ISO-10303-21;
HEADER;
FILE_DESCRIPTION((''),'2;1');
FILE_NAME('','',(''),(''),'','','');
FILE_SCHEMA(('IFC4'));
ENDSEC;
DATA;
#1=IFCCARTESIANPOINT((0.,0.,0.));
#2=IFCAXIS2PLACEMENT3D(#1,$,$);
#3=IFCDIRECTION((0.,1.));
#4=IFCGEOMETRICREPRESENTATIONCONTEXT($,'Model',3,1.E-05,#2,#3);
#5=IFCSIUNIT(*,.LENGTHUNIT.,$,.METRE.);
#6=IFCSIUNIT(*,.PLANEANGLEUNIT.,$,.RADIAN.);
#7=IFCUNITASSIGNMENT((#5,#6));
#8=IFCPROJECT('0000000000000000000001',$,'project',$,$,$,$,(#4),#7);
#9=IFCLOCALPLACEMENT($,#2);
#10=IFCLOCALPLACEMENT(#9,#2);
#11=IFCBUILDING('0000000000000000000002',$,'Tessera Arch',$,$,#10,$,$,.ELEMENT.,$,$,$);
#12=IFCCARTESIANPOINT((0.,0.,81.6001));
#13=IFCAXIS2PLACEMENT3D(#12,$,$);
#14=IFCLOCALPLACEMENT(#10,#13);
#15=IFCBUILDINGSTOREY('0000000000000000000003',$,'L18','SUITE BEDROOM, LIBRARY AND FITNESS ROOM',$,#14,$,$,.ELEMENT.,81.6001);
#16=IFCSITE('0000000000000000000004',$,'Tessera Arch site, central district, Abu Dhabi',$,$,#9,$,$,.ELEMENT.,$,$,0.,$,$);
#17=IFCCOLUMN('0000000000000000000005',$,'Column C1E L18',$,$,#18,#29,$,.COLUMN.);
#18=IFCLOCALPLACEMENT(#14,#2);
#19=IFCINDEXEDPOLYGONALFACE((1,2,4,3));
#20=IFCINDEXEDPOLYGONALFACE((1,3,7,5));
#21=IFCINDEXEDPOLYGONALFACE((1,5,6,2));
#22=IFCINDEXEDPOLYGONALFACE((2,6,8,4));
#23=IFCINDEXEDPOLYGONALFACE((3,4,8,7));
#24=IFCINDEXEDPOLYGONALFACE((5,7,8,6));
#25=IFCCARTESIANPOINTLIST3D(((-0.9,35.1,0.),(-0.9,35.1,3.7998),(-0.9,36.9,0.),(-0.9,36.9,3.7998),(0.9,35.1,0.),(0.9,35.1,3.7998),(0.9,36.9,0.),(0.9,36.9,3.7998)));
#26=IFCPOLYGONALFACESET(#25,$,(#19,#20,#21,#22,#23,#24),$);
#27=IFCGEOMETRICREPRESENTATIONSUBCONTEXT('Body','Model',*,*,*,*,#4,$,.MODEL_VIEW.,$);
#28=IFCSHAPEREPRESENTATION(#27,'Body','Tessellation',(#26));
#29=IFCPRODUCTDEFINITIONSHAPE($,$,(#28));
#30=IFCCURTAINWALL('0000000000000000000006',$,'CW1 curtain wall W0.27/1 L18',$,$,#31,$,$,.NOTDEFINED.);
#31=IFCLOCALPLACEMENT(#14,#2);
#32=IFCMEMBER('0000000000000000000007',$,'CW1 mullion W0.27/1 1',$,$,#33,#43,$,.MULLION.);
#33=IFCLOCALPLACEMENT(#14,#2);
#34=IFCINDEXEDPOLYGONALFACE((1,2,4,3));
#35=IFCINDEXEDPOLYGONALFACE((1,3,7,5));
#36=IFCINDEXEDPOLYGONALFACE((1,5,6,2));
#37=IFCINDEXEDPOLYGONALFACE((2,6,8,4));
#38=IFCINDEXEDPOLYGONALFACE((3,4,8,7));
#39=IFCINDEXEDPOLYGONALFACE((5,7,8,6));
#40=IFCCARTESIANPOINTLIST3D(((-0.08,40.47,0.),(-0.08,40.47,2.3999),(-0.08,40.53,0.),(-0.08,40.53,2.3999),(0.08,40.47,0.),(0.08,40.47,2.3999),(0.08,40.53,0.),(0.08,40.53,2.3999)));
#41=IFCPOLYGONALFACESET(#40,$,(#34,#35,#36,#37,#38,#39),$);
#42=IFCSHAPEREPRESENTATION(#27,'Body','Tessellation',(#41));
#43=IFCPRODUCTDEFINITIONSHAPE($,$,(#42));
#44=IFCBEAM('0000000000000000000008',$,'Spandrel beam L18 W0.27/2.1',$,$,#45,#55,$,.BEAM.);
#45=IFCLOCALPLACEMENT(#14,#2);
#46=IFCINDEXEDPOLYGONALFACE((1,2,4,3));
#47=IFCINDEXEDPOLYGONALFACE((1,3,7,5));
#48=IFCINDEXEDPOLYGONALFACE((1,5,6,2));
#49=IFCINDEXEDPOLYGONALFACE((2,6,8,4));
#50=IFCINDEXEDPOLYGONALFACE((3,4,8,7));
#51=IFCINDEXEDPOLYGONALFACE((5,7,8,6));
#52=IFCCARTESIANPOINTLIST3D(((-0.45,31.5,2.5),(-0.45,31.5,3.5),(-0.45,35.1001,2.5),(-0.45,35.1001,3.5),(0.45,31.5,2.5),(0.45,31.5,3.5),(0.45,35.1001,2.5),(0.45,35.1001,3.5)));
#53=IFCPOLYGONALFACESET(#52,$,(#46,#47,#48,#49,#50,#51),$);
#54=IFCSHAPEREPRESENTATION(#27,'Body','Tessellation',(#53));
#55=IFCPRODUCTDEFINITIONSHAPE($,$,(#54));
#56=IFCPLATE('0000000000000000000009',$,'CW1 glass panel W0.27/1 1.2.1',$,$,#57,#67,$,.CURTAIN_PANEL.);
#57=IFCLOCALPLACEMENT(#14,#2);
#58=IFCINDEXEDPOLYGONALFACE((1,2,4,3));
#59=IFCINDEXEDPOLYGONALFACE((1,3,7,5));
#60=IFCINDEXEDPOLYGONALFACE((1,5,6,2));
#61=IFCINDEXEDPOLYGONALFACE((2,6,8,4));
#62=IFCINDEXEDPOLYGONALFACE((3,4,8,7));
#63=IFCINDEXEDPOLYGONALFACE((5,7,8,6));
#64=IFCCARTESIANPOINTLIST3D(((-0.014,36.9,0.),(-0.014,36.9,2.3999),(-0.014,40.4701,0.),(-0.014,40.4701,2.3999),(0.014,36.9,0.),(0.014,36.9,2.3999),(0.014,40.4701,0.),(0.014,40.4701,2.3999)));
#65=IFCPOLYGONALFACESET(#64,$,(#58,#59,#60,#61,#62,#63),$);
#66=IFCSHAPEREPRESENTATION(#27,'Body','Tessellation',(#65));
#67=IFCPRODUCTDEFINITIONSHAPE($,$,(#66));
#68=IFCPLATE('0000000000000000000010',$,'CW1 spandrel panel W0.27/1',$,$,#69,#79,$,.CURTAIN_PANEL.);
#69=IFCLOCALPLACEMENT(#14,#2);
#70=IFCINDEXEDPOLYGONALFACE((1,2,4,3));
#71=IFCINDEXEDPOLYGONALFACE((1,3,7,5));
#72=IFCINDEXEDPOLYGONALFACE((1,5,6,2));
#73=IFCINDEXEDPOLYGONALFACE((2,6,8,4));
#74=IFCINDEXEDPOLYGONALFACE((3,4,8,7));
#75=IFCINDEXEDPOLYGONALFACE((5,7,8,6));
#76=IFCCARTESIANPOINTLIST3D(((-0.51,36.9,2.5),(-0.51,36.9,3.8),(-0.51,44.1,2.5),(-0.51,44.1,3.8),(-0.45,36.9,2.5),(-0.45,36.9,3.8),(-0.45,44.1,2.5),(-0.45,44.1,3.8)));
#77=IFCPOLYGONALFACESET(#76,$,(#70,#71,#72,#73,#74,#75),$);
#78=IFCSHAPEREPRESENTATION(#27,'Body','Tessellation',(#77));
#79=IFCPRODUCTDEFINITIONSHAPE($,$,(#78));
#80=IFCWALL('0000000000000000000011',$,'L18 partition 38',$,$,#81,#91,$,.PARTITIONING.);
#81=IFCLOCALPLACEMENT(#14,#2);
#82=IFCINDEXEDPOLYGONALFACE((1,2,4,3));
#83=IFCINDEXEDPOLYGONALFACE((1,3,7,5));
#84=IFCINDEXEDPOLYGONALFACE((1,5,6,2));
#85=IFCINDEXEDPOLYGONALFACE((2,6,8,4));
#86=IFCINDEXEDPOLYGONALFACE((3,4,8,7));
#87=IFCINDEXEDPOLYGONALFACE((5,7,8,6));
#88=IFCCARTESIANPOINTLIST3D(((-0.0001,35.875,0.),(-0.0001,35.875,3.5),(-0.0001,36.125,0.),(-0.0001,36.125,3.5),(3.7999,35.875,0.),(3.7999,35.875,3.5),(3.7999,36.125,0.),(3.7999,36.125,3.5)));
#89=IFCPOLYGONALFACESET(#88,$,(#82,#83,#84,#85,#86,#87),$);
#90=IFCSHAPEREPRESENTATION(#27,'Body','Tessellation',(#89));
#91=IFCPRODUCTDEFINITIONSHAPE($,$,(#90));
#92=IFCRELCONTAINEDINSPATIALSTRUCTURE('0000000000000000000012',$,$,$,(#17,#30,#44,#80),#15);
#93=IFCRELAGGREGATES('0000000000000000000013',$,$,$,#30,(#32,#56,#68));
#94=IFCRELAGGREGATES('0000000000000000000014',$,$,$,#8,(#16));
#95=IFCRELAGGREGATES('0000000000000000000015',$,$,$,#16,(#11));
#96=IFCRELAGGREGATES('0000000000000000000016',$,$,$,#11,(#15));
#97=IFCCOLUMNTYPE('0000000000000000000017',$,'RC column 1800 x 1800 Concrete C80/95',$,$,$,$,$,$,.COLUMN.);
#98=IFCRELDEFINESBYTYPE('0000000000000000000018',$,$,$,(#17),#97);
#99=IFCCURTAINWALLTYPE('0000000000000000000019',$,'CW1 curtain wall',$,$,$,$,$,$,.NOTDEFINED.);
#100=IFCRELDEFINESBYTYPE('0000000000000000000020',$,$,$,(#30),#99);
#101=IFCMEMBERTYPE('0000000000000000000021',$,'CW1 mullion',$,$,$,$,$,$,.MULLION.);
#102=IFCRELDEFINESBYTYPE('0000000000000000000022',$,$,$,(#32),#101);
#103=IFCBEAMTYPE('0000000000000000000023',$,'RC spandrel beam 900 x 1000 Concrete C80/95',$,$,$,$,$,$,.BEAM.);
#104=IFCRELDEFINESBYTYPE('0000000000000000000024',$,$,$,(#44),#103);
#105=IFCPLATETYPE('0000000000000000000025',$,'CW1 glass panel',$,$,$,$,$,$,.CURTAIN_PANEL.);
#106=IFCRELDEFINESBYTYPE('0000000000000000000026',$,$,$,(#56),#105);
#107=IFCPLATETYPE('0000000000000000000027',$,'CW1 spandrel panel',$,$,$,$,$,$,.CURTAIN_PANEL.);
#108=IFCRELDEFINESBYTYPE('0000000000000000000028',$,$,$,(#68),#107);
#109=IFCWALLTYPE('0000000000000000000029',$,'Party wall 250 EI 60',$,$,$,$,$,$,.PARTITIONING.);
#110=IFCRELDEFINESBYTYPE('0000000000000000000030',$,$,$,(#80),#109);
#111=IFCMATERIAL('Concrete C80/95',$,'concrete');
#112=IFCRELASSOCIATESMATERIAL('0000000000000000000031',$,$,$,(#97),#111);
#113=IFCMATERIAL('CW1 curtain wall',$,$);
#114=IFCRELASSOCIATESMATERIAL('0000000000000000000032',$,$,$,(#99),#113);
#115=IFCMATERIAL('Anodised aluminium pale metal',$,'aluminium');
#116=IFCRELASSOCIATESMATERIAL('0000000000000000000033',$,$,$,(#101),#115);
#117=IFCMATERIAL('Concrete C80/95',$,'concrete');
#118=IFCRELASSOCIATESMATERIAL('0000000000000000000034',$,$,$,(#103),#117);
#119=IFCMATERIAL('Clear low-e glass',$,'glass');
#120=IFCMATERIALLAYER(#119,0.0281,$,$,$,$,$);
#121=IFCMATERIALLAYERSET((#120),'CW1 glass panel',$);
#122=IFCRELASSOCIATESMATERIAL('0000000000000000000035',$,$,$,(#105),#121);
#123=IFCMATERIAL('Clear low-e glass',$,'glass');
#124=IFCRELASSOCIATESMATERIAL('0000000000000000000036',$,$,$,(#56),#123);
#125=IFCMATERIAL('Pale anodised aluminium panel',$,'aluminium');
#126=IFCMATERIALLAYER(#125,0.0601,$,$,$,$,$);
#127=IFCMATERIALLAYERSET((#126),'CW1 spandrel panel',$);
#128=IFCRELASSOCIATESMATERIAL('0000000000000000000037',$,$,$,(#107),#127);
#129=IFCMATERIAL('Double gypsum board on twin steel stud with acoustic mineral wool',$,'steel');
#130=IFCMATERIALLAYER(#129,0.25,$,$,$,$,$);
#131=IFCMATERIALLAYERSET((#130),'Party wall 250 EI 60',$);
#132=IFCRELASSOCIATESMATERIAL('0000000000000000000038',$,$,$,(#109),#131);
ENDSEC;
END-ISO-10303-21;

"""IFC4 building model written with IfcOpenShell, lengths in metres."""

from ifc_helpers import new_model, si_unit, direction, frame, frame_2d, origin, origin_2d, place, context, subcontext, project, spatial, rectangle, extrude, material, layer, layer_set, material_profile, profile_set, type_object, element, aggregate, save


model = new_model("IFC4")

# Units and contexts
model_context = context("Model", 3, precision=1e-05, world=origin(), true_north=direction((0.0, 1.0)))
body_context = subcontext(model_context, "Body", "Model", "MODEL_VIEW")
ifc_project = project(units=[si_unit("LENGTHUNIT", "METRE"), si_unit("PLANEANGLEUNIT", "RADIAN")], contexts=[model_context])

# Site, building, storey
site_placement = place(None, origin())
site = spatial("IfcSite", under=ifc_project, at=site_placement, Name="Tessera Arch site, central district, Abu Dhabi", CompositionType="ELEMENT", RefElevation=0.0)
building_placement = place(site_placement, origin())
building = spatial("IfcBuilding", under=site, at=building_placement, Name="Tessera Arch", CompositionType="ELEMENT")
storey_placement = place(building_placement, frame((0.0, 0.0, 81.6001)))
storey = spatial("IfcBuildingStorey", under=building, at=storey_placement, Name="L18", Description="SUITE BEDROOM, LIBRARY AND FITNESS ROOM", CompositionType="ELEMENT", Elevation=81.6001)

# Column
ifc_material_1 = material(Name="Concrete C80/95", Category="concrete")
ifc_material_profile_1 = material_profile(ifc_material_1, rectangle(XDim=1.8, YDim=1.8, at=origin_2d()), Name="RC column 1800 x 1800 Concrete C80/95")
ifc_profile_set_1 = profile_set([ifc_material_profile_1], Name="Concrete C80/95")
column_type = type_object("IfcColumnType", Name="RC column 1800 x 1800 Concrete C80/95", PredefinedType="COLUMN", material=ifc_profile_set_1)
column_placement = place(storey_placement, frame((0.0, 36.0, 0.0), z_axis=(0.0, 0.0, 1.0), x_axis=(1.0, 0.0, 0.0)))
element("IfcColumn", 1, at=column_placement, inside=storey, type_object=column_type, Name="Column C1E L18", PredefinedType="COLUMN", context=body_context, shape_type="SweptSolid", body=[
    extrude(rectangle(XDim=1.8, YDim=1.8, at=origin_2d()), origin(), (0.0, 0.0, 1.0), 3.7998),
])

# Curtain wall, member
ifc_material_2 = material(Name="CW1 curtain wall")
curtain_wall_type = type_object("IfcCurtainWallType", Name="CW1 curtain wall", PredefinedType="NOTDEFINED", material=ifc_material_2)
curtain_wall_placement = place(storey_placement, origin())
curtain_wall = element("IfcCurtainWall", 2, at=curtain_wall_placement, inside=storey, type_object=curtain_wall_type, Name="CW1 curtain wall W0.27/1 L18", PredefinedType="NOTDEFINED")
ifc_material_3 = material(Name="Anodised aluminium pale metal", Category="aluminium")
ifc_material_profile_2 = material_profile(ifc_material_3, rectangle(XDim=0.1599, YDim=0.0601, at=origin_2d()), Name="AL 60x160")
ifc_profile_set_2 = profile_set([ifc_material_profile_2], Name="Anodised aluminium pale metal")
member_type = type_object("IfcMemberType", Name="CW1 mullion", PredefinedType="MULLION", material=ifc_profile_set_2)
member_placement = place(storey_placement, frame((0.0, 40.5, 0.0), z_axis=(0.0, 0.0, 1.0), x_axis=(1.0, 0.0, 0.0)))
member = element("IfcMember", 3, at=member_placement, type_object=member_type, Name="CW1 mullion W0.27/1 1", PredefinedType="MULLION", context=body_context, shape_type="SweptSolid", body=[
    extrude(rectangle(XDim=0.1599, YDim=0.0601, at=origin_2d()), origin(), (0.0, 0.0, 1.0), 2.3999),
])

# Beam
ifc_material_4 = material(Name="Concrete C80/95", Category="concrete")
ifc_material_profile_3 = material_profile(ifc_material_4, rectangle(XDim=0.8999, YDim=1.0, at=origin_2d()), Name="RC spandrel beam 900 x 1000 Concrete C80/95")
ifc_profile_set_3 = profile_set([ifc_material_profile_3], Name="Concrete C80/95")
beam_type = type_object("IfcBeamType", Name="RC spandrel beam 900 x 1000 Concrete C80/95", PredefinedType="BEAM", material=ifc_profile_set_3)
beam_placement = place(storey_placement, frame((0.0, 35.1001, 3.0), z_axis=(0.0, -1.0, 0.0), x_axis=(1.0, 0.0, 0.0)))
element("IfcBeam", 4, at=beam_placement, inside=storey, type_object=beam_type, Name="Spandrel beam L18 W0.27/2.1", PredefinedType="BEAM", context=body_context, shape_type="SweptSolid", body=[
    extrude(rectangle(XDim=0.8999, YDim=1.0, at=origin_2d()), origin(), (0.0, 0.0, 1.0), 3.6001),
])

# Plates
ifc_material_5 = material(Name="Clear low-e glass", Category="glass")
ifc_material_6 = material(Name="Clear low-e glass", Category="glass")
ifc_layer_1 = layer(ifc_material_6, 0.0281)
ifc_layer_set_1 = layer_set([ifc_layer_1], Name="CW1 glass panel")
plate_type_1 = type_object("IfcPlateType", Name="CW1 glass panel", PredefinedType="CURTAIN_PANEL", material=ifc_layer_set_1)
plate_1_placement = place(storey_placement, frame((0.0, 38.6851, 0.0), z_axis=(0.0, 0.0, 1.0), x_axis=(0.0, -1.0, 0.0)))
plate_1 = element("IfcPlate", 5, at=plate_1_placement, type_object=plate_type_1, material=ifc_material_5, Name="CW1 glass panel W0.27/1 1.2.1", PredefinedType="CURTAIN_PANEL", context=body_context, shape_type="SweptSolid", body=[
    extrude(rectangle(XDim=3.5701, YDim=0.0281, at=origin_2d()), origin(), (0.0, 0.0, 1.0), 2.3999),
])
ifc_material_7 = material(Name="Pale anodised aluminium panel", Category="aluminium")
ifc_layer_2 = layer(ifc_material_7, 0.0601)
ifc_layer_set_2 = layer_set([ifc_layer_2], Name="CW1 spandrel panel")
plate_type_2 = type_object("IfcPlateType", Name="CW1 spandrel panel", PredefinedType="CURTAIN_PANEL", material=ifc_layer_set_2)
plate_2_placement = place(storey_placement, frame((-0.48, 40.5, 2.5), z_axis=(0.0, 0.0, 1.0), x_axis=(0.0, -1.0, 0.0)))
plate_2 = element("IfcPlate", 6, at=plate_2_placement, type_object=plate_type_2, Name="CW1 spandrel panel W0.27/1", PredefinedType="CURTAIN_PANEL", context=body_context, shape_type="SweptSolid", body=[
    extrude(rectangle(XDim=7.2, YDim=0.0601, at=origin_2d()), origin(), (0.0, 0.0, 1.0), 1.3),
])
aggregate(curtain_wall, [member, plate_1, plate_2])

# Wall
ifc_material_8 = material(Name="Double gypsum board on twin steel stud with acoustic mineral wool", Category="steel")
ifc_layer_3 = layer(ifc_material_8, 0.25)
ifc_layer_set_3 = layer_set([ifc_layer_3], Name="Party wall 250 EI 60")
wall_type_1 = type_object("IfcWallType", Name="Party wall 250 EI 60", PredefinedType="PARTITIONING", material=ifc_layer_set_3)
wall_1_placement = place(storey_placement, frame((0.0, 36.0, 0.0), z_axis=(0.0, 0.0, 1.0), x_axis=(1.0, 0.0, 0.0)))
element("IfcWall", 7, at=wall_1_placement, inside=storey, type_object=wall_type_1, Name="L18 partition 38", PredefinedType="PARTITIONING", context=body_context, shape_type="SweptSolid", body=[
    extrude(rectangle(XDim=3.8, YDim=0.25, at=frame_2d((1.8999, 0.0))), origin(), (0.0, 0.0, 1.0), 3.5),
])

save(model, "model.ifc")
